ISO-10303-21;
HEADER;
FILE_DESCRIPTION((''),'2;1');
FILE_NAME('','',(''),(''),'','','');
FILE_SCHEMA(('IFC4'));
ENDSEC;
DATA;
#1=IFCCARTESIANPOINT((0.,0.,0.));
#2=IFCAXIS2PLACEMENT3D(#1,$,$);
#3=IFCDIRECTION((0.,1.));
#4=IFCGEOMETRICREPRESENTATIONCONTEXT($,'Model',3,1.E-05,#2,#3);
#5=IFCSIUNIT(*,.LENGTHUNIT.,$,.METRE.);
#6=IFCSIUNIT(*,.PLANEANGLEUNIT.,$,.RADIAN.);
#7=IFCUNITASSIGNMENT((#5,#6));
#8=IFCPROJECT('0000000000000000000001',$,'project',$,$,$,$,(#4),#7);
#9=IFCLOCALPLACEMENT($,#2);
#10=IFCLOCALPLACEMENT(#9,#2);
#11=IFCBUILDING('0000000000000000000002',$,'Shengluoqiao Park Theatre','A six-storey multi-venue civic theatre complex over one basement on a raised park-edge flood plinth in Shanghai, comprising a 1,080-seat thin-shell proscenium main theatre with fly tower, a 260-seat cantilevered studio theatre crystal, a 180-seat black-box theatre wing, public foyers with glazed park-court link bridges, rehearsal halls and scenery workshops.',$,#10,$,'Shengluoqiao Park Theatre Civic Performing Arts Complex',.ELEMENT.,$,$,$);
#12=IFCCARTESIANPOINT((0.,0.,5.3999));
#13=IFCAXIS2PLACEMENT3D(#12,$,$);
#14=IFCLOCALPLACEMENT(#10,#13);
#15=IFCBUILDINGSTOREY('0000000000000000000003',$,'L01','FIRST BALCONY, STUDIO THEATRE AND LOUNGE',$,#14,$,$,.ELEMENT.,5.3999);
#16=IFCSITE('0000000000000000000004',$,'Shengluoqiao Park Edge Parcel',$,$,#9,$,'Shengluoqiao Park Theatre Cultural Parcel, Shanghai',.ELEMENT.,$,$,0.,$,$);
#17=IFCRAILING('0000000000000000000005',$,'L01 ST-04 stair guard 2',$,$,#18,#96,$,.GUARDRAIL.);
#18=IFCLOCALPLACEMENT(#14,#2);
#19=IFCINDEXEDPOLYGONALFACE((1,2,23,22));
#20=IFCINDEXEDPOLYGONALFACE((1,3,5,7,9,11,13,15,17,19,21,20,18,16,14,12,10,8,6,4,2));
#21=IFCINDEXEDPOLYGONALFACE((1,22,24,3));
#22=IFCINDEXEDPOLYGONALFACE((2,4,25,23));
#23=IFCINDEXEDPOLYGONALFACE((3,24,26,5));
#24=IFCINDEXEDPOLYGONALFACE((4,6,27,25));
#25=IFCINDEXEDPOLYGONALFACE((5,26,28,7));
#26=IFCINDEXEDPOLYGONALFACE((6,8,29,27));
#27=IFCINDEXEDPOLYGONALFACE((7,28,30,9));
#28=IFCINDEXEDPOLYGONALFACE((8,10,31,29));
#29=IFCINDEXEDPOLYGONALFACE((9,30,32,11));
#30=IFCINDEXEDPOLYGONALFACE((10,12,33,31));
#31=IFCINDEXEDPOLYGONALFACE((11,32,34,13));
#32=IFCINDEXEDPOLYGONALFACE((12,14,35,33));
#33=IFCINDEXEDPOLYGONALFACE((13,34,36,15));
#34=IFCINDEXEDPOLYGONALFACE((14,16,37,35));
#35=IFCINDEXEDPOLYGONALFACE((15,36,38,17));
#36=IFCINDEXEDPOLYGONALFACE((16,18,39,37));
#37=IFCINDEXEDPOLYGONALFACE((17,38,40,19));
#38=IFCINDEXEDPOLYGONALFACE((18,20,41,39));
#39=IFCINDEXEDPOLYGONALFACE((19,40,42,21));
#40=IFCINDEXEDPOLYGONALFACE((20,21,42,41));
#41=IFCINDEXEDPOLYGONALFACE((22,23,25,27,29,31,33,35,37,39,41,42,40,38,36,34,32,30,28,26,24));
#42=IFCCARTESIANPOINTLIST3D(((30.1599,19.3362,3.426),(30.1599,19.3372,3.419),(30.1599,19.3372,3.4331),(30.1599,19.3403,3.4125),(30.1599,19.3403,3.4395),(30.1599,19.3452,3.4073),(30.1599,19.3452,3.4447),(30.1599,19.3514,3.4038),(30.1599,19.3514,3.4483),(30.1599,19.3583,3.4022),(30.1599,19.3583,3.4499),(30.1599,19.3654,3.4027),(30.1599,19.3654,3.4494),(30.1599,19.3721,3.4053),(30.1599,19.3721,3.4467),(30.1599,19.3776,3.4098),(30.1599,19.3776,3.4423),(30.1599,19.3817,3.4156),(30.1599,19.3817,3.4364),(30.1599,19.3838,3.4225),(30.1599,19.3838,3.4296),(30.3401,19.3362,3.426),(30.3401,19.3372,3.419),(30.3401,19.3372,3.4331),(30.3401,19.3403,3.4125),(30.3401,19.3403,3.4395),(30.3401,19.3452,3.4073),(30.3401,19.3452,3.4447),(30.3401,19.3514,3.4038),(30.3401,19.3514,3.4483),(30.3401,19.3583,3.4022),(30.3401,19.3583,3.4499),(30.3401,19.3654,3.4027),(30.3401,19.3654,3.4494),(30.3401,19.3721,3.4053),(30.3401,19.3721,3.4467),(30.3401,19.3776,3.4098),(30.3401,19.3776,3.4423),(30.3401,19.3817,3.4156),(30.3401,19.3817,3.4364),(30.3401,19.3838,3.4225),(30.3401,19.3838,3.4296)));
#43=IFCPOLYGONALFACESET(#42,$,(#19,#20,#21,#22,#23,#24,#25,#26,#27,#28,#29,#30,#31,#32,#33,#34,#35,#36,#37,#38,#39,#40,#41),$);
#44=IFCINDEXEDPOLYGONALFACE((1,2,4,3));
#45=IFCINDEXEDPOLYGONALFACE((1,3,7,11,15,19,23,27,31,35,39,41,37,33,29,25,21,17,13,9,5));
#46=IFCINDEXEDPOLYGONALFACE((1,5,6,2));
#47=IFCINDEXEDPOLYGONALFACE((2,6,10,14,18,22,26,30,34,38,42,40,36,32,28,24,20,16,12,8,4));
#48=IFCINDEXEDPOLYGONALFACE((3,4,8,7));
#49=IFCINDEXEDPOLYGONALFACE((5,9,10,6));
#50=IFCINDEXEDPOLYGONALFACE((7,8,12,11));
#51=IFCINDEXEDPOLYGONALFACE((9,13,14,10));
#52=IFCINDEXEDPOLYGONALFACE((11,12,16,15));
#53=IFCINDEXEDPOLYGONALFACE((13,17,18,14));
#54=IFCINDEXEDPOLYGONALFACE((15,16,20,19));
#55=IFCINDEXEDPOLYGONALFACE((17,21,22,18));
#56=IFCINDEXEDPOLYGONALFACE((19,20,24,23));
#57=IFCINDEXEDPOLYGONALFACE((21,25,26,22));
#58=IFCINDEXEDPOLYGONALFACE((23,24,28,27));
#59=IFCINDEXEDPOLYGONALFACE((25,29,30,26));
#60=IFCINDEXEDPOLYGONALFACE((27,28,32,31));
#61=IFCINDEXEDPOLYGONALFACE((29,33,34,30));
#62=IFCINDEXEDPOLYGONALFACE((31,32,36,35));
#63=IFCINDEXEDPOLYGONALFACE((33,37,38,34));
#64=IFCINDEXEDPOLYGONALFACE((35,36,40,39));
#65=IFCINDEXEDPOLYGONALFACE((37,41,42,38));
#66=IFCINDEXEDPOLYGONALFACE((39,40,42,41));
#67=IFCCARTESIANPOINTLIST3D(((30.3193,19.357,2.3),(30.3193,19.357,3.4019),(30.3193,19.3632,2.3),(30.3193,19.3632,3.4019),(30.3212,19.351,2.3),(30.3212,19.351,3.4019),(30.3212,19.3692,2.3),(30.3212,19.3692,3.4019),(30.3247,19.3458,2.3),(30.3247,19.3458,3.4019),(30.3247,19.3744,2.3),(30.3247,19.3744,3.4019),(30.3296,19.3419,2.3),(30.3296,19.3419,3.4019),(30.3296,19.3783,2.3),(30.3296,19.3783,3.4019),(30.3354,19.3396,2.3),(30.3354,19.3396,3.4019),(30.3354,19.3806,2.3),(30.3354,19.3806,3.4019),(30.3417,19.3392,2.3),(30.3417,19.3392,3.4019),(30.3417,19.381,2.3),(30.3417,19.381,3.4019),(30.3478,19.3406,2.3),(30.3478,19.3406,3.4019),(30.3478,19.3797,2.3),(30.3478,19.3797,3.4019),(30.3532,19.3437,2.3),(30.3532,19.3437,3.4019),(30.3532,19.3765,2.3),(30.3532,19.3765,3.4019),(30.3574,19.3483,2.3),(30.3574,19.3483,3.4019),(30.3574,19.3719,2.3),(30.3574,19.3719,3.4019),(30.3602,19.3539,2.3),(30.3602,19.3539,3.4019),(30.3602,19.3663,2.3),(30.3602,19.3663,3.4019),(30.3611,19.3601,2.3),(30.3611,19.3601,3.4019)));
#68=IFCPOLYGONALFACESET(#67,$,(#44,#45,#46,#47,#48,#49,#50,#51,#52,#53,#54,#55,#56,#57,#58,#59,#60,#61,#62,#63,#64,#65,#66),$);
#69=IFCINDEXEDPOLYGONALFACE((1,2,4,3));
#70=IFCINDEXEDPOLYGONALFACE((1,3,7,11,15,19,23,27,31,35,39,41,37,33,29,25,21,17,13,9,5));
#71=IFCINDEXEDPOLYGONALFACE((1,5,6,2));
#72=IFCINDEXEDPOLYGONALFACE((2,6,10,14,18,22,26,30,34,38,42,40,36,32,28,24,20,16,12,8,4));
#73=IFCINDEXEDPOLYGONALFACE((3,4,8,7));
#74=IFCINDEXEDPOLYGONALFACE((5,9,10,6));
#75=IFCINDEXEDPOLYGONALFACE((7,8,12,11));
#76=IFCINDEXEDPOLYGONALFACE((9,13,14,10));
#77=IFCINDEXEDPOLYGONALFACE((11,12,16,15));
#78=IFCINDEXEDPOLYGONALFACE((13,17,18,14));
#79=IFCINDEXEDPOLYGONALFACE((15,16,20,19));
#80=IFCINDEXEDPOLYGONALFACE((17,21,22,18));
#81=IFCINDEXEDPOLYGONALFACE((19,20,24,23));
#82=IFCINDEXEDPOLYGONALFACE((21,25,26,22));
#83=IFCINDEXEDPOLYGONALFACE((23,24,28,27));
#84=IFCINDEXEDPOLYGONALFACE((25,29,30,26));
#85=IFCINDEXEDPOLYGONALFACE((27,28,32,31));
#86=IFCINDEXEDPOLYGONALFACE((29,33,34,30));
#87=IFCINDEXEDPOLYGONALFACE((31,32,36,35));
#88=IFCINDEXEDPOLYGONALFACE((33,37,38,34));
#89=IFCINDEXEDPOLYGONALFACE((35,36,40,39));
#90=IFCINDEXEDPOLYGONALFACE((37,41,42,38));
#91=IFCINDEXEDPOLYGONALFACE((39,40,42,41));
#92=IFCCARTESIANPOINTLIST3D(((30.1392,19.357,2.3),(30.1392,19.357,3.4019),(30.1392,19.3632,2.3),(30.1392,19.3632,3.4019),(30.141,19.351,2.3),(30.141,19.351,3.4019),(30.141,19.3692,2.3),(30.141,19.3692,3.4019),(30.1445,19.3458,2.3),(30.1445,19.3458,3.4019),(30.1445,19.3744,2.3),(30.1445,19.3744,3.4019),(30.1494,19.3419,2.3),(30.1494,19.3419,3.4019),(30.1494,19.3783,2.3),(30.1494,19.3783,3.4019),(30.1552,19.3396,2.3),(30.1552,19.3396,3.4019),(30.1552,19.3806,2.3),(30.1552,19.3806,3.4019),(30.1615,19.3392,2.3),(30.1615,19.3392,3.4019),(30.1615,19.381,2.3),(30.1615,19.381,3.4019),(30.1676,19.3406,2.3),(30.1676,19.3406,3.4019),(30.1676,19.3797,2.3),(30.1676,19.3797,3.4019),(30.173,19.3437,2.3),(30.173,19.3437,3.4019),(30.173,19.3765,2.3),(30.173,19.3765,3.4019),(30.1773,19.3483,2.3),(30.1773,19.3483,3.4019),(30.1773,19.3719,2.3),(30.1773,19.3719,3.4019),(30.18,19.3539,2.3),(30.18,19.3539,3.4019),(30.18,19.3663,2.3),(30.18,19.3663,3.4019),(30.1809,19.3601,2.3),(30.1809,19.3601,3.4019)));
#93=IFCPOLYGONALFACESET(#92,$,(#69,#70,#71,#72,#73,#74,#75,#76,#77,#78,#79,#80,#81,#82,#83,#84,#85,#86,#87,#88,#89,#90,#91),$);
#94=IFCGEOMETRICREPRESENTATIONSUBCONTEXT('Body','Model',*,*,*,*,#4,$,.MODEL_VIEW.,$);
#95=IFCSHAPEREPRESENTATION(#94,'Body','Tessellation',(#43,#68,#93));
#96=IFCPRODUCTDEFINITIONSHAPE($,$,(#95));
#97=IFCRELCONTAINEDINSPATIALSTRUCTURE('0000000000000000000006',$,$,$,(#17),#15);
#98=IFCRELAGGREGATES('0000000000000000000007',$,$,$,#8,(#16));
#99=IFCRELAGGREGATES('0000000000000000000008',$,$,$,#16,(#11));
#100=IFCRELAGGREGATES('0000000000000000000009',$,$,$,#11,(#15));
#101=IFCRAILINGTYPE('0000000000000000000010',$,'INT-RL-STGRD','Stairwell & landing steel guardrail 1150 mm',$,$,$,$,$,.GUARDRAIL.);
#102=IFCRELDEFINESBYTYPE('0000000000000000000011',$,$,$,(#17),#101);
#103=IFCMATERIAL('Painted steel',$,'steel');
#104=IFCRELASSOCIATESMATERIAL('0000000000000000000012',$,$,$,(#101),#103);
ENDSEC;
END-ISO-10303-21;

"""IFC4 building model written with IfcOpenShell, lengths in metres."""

from ifc_helpers import new_model, si_unit, direction, frame, origin, origin_2d, place, context, subcontext, project, spatial, circle, extrude, material, type_object, element, save


model = new_model("IFC4")

# Units and contexts
model_context = context("Model", 3, precision=1e-05, world=origin(), true_north=direction((0.0, 1.0)))
body_context = subcontext(model_context, "Body", "Model", "MODEL_VIEW")
ifc_project = project(units=[si_unit("LENGTHUNIT", "METRE"), si_unit("PLANEANGLEUNIT", "RADIAN")], contexts=[model_context])

# Site, building, storey
site_placement = place(None, origin())
site = spatial("IfcSite", under=ifc_project, at=site_placement, Name="Shengluoqiao Park Edge Parcel", LongName="Shengluoqiao Park Theatre Cultural Parcel, Shanghai", CompositionType="ELEMENT", RefElevation=0.0)
building_placement = place(site_placement, origin())
building = spatial("IfcBuilding", under=site, at=building_placement, Name="Shengluoqiao Park Theatre", Description="A six-storey multi-venue civic theatre complex over one basement on a raised park-edge flood plinth in Shanghai, comprising a 1,080-seat thin-shell proscenium main theatre with fly tower, a 260-seat cantilevered studio theatre crystal, a 180-seat black-box theatre wing, public foyers with glazed park-court link bridges, rehearsal halls and scenery workshops.", LongName="Shengluoqiao Park Theatre Civic Performing Arts Complex", CompositionType="ELEMENT")
storey_placement = place(building_placement, frame((0.0, 0.0, 5.3999)))
storey = spatial("IfcBuildingStorey", under=building, at=storey_placement, Name="L01", Description="FIRST BALCONY, STUDIO THEATRE AND LOUNGE", CompositionType="ELEMENT", Elevation=5.3999)

# Railing
ifc_material_1 = material(Name="Painted steel", Category="steel")
railing_type_1 = type_object("IfcRailingType", Name="INT-RL-STGRD", Description="Stairwell & landing steel guardrail 1150 mm", PredefinedType="GUARDRAIL", material=ifc_material_1)
railing_1_placement = place(storey_placement, frame((30.3401, 19.3601, 2.3)))
element("IfcRailing", 1, at=railing_1_placement, inside=storey, type_object=railing_type_1, Name="L01 ST-04 stair guard 2", PredefinedType="GUARDRAIL", context=body_context, shape_type="SweptSolid", body=[
    extrude(circle(Radius=0.0239, at=origin_2d()), frame((0.0, 0.0, 1.126), z_axis=(-1.0, 0.0, 0.0), x_axis=(0.0, -1.0, 0.0)), (0.0, 0.0, 1.0), 0.1802),
    extrude(circle(Radius=0.021, at=origin_2d()), origin(), (0.0, 0.0, 1.0), 1.1018),
    extrude(circle(Radius=0.021, at=origin_2d()), frame((-0.1802, 0.0, 0.0)), (0.0, 0.0, 1.0), 1.1018),
])

save(model, "model.ifc")
